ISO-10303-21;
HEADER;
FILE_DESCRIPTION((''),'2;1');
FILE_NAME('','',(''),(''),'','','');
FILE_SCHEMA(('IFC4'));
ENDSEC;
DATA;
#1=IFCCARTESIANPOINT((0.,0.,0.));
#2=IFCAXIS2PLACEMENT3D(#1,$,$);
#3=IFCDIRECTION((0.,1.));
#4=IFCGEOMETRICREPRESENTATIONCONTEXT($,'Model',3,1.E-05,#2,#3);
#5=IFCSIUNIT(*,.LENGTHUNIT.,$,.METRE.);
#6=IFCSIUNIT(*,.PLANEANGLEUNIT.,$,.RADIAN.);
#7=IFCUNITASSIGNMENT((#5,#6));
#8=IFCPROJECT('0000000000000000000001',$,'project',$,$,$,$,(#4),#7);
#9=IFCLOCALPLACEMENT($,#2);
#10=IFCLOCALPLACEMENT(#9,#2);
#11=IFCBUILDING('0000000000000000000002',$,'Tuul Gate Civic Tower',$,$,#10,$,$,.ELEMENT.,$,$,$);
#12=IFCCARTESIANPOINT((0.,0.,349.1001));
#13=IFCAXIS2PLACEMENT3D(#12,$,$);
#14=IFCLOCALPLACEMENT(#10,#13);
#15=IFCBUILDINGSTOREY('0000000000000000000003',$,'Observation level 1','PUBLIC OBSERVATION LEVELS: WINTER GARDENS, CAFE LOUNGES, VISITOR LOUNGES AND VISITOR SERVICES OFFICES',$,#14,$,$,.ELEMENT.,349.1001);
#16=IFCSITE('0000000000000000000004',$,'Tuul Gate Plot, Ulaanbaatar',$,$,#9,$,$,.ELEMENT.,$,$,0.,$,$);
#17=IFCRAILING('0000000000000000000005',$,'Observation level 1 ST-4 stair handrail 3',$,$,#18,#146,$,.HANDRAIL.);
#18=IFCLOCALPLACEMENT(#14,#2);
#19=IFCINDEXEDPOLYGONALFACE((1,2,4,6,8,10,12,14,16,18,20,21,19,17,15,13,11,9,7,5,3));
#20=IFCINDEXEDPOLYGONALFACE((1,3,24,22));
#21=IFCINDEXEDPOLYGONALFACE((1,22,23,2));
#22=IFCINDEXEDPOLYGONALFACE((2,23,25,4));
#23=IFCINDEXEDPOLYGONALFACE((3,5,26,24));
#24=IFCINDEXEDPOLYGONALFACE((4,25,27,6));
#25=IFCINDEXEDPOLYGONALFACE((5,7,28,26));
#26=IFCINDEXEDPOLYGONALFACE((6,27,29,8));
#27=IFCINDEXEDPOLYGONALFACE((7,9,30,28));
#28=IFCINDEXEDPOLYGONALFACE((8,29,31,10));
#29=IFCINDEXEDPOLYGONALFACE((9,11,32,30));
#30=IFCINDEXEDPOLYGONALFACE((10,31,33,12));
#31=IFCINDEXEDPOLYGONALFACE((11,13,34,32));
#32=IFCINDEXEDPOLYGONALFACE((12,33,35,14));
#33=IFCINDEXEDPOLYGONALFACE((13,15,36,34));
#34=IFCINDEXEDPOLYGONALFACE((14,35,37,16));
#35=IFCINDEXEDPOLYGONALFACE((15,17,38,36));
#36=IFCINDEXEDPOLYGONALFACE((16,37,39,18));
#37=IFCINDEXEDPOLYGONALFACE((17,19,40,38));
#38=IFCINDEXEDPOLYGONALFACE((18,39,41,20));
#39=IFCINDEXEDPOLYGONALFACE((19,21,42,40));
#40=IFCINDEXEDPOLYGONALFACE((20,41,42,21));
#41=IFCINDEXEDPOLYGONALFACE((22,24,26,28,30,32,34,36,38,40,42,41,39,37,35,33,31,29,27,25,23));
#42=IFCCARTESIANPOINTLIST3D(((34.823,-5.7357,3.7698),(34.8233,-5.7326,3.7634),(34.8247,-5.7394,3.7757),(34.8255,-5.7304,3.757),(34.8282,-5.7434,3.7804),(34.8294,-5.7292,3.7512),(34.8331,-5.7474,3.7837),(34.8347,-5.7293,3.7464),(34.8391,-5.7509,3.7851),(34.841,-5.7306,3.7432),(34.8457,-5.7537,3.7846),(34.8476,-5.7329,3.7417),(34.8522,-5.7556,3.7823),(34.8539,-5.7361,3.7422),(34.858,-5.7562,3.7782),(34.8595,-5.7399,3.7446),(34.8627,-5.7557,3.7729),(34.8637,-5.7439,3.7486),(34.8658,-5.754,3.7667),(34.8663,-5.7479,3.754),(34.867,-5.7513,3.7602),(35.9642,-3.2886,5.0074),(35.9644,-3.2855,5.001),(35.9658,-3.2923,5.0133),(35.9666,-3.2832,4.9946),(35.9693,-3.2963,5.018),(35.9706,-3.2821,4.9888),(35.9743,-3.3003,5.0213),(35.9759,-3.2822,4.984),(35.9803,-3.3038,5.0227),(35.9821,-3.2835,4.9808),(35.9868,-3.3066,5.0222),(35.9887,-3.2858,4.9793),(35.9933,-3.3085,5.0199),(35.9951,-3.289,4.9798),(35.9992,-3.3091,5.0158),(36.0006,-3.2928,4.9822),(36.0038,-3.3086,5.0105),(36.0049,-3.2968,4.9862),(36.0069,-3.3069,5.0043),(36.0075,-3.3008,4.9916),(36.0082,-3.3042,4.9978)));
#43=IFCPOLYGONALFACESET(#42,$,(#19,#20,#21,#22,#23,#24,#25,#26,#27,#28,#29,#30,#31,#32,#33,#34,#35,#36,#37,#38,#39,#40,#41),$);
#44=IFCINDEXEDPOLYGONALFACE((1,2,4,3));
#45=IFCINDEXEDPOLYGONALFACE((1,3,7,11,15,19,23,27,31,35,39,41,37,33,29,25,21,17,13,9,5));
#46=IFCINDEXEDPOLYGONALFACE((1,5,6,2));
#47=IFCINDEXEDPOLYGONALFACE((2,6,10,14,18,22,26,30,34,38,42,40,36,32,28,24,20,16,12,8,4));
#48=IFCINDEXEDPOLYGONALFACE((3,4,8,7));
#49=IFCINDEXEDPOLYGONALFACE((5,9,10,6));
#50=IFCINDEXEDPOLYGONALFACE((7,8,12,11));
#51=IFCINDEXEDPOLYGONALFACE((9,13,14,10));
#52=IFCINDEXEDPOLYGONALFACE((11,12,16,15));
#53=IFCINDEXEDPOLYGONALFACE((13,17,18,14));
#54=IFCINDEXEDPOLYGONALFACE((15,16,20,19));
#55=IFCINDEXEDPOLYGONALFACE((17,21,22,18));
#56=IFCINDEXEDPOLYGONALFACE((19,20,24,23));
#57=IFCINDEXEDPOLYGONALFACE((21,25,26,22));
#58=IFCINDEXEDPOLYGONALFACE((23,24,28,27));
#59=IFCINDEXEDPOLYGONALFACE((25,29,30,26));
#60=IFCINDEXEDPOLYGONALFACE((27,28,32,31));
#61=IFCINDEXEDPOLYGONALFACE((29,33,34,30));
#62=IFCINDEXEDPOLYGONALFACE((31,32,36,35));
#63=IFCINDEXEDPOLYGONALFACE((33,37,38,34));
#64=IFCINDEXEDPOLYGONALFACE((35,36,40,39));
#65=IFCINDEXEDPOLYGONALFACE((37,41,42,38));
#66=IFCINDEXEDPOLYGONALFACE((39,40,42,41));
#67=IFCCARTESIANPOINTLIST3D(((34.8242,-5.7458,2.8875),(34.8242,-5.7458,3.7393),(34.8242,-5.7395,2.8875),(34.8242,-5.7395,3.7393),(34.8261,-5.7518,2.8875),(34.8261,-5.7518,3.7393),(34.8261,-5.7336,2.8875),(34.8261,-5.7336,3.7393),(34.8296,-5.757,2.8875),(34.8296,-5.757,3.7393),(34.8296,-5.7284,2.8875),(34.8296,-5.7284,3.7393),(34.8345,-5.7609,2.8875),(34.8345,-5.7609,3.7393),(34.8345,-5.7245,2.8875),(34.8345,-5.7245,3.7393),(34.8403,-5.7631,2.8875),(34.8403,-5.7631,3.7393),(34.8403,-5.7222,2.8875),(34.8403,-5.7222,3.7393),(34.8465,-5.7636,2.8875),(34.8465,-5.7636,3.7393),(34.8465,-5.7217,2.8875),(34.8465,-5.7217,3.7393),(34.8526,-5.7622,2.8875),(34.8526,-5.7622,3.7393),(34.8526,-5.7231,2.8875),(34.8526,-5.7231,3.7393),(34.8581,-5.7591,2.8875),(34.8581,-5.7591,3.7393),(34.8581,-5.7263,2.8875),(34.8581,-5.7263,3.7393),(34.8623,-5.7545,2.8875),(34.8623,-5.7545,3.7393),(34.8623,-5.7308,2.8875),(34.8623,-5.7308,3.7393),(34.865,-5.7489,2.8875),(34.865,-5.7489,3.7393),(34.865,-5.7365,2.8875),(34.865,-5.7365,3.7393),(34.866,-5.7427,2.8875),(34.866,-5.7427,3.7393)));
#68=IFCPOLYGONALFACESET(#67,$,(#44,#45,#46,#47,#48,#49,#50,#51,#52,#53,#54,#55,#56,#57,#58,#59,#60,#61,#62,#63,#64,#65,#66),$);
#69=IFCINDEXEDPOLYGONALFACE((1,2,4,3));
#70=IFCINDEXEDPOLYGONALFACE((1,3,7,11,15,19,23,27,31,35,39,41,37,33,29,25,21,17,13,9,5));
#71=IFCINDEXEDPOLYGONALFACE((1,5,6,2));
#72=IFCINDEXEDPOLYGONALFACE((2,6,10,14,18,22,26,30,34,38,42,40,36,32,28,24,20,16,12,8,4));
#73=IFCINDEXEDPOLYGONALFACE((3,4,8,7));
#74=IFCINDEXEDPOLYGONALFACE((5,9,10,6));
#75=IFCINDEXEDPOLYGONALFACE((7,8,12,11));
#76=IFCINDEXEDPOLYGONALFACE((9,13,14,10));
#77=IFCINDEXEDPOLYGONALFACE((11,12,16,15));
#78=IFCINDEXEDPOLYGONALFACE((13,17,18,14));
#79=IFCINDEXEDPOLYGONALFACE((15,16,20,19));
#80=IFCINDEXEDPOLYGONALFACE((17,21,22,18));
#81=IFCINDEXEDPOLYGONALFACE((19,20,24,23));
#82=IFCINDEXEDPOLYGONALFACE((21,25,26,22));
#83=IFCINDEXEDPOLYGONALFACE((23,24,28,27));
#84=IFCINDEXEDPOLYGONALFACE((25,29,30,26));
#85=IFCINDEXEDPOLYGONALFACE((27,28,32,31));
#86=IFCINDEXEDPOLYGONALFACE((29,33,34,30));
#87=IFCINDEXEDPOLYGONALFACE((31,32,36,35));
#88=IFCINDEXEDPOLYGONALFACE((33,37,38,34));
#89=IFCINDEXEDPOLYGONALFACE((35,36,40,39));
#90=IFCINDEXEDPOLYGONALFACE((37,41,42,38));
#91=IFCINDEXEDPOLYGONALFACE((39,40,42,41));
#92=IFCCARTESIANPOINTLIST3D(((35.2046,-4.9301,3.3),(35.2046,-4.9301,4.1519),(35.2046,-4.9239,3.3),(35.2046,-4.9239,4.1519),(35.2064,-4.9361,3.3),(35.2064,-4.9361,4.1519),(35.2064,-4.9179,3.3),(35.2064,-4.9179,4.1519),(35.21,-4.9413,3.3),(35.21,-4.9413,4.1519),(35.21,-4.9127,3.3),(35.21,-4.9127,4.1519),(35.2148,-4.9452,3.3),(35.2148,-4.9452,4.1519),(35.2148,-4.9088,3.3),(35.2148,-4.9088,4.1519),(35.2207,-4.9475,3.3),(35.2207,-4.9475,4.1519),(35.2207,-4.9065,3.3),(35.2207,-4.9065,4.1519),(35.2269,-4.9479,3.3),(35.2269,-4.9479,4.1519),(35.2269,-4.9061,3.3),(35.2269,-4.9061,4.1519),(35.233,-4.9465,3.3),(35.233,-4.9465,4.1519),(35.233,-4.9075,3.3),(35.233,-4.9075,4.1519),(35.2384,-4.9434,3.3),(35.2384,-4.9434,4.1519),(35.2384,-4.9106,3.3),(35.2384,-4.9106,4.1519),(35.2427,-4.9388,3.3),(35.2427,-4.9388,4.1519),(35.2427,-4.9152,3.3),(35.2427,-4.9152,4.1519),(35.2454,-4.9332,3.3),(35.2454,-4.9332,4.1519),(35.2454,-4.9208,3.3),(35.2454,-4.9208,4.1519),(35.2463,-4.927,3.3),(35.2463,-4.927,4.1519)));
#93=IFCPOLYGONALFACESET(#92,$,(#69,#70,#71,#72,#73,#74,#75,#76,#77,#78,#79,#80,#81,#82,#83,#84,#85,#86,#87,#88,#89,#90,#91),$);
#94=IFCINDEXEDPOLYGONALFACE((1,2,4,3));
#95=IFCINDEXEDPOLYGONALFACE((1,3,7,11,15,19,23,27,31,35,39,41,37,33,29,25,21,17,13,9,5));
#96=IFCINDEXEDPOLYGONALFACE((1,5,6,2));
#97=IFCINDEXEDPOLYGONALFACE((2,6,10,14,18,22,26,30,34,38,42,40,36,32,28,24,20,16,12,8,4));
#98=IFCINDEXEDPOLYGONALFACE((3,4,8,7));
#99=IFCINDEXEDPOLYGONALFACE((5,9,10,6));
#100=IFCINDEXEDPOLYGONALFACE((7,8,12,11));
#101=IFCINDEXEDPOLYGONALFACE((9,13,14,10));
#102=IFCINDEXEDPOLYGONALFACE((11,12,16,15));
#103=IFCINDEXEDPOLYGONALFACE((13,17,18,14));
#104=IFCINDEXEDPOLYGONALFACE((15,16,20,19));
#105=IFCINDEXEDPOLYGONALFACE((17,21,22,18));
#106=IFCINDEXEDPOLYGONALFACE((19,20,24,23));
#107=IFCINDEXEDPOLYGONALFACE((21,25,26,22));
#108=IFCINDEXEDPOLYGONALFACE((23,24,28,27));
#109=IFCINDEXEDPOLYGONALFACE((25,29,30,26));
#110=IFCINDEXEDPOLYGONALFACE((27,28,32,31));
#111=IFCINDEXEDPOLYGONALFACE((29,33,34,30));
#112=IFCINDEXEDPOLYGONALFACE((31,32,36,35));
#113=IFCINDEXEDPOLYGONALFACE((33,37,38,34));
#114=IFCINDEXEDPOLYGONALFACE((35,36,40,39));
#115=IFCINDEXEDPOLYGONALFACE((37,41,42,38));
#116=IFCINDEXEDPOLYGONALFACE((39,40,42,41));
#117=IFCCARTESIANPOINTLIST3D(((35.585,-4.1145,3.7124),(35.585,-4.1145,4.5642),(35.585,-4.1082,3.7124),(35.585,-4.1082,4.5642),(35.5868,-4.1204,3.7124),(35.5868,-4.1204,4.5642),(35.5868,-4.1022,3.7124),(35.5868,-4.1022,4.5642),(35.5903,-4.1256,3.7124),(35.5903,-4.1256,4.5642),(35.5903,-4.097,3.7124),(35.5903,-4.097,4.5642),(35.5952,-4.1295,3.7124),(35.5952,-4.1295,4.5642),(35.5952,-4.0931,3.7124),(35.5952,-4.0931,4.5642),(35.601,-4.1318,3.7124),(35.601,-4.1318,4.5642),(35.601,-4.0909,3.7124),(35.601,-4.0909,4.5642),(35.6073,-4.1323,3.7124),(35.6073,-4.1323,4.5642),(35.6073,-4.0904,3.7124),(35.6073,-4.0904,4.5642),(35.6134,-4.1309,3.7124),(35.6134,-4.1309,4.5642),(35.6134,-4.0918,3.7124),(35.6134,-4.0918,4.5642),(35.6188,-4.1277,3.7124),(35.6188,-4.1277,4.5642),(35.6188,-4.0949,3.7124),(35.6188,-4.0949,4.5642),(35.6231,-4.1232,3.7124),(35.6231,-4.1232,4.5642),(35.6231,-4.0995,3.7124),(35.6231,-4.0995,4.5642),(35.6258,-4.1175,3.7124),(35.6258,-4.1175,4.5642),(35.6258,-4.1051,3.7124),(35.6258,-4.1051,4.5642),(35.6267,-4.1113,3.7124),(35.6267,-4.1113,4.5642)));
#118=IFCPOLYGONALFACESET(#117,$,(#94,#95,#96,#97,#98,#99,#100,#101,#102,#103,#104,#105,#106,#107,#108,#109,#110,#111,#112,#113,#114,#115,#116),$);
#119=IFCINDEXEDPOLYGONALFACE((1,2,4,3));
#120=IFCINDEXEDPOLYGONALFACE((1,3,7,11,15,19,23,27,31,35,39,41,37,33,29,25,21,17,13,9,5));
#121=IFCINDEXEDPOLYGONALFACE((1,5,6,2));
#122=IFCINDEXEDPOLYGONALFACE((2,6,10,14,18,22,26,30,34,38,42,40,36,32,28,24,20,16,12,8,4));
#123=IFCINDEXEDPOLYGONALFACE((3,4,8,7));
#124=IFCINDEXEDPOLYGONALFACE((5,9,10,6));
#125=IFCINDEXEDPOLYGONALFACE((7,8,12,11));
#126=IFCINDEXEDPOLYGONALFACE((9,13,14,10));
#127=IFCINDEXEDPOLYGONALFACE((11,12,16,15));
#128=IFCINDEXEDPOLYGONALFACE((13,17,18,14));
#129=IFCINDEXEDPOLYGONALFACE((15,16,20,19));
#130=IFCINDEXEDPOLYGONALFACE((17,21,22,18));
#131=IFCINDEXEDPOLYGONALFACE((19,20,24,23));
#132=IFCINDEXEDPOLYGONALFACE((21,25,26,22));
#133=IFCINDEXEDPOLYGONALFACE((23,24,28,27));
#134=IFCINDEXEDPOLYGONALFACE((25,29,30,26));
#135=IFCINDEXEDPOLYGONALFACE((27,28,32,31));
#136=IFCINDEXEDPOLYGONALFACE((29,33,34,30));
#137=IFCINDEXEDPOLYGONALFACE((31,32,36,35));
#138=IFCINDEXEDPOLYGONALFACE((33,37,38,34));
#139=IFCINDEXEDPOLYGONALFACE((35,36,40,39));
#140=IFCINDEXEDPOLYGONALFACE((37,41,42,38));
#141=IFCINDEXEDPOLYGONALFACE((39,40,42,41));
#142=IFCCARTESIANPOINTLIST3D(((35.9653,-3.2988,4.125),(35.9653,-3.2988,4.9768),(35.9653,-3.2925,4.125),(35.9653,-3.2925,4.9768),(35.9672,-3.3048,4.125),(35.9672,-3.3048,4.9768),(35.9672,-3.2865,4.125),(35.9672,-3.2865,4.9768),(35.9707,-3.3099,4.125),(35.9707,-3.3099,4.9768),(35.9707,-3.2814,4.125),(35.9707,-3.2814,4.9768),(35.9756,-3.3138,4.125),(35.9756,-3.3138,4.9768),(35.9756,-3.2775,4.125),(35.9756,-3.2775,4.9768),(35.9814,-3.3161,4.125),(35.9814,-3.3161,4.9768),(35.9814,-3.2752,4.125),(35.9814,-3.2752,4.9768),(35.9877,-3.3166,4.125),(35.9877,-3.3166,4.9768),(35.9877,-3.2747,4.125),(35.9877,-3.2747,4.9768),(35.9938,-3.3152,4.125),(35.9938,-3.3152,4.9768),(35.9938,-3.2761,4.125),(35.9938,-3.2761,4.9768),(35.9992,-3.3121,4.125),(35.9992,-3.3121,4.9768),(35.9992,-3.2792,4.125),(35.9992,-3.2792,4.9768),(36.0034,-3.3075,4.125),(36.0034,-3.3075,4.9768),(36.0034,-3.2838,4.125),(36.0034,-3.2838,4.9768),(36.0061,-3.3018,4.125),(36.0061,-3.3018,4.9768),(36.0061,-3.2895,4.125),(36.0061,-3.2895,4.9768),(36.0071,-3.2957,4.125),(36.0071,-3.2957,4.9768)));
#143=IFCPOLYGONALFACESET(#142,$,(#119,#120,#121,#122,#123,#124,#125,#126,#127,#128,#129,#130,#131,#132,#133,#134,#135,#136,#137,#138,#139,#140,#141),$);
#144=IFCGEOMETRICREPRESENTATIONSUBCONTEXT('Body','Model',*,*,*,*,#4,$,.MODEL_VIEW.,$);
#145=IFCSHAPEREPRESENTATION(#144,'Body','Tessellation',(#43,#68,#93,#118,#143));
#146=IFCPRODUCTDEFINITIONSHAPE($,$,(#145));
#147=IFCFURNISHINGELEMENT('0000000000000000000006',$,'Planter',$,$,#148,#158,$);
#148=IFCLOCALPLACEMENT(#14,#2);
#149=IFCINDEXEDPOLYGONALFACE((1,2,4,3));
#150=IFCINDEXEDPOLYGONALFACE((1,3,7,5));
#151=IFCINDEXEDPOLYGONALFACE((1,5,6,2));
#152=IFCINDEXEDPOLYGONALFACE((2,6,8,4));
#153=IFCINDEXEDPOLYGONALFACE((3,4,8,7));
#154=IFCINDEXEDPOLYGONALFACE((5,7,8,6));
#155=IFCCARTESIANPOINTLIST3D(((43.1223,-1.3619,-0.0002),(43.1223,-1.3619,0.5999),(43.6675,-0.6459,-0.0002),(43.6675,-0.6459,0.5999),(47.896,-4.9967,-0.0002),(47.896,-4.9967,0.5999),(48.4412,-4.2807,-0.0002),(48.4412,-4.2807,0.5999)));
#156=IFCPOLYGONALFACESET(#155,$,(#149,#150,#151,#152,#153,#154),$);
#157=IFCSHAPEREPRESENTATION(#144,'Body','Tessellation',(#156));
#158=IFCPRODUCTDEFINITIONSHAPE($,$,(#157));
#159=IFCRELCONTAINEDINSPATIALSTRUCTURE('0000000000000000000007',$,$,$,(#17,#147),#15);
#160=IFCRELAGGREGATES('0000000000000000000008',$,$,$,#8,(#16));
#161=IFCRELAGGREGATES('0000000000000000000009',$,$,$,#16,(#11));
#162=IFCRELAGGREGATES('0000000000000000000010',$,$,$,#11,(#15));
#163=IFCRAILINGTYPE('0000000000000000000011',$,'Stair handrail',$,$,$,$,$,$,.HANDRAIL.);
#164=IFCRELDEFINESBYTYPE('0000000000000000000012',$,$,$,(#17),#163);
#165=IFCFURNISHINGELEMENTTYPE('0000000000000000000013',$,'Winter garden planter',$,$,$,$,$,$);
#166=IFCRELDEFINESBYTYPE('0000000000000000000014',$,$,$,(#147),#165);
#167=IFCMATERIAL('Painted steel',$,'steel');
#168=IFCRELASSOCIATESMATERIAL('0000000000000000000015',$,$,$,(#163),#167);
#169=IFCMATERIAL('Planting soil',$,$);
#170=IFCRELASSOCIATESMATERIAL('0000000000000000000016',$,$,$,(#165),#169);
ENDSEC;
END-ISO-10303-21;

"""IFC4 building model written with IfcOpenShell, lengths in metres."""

from ifc_helpers import new_model, si_unit, direction, frame, origin, origin_2d, place, context, subcontext, project, spatial, rectangle, circle, extrude, material, type_object, element, save


model = new_model("IFC4")

# Units and contexts
model_context = context("Model", 3, precision=1e-05, world=origin(), true_north=direction((0.0, 1.0)))
body_context = subcontext(model_context, "Body", "Model", "MODEL_VIEW")
ifc_project = project(units=[si_unit("LENGTHUNIT", "METRE"), si_unit("PLANEANGLEUNIT", "RADIAN")], contexts=[model_context])

# Site, building, storey
site_placement = place(None, origin())
site = spatial("IfcSite", under=ifc_project, at=site_placement, Name="Tuul Gate Plot, Ulaanbaatar", CompositionType="ELEMENT", RefElevation=0.0)
building_placement = place(site_placement, origin())
building = spatial("IfcBuilding", under=site, at=building_placement, Name="Tuul Gate Civic Tower", CompositionType="ELEMENT")
storey_placement = place(building_placement, frame((0.0, 0.0, 349.1001)))
storey = spatial("IfcBuildingStorey", under=building, at=storey_placement, Name="Observation level 1", Description="PUBLIC OBSERVATION LEVELS: WINTER GARDENS, CAFE LOUNGES, VISITOR LOUNGES AND VISITOR SERVICES OFFICES", CompositionType="ELEMENT", Elevation=349.1001)

# Railing
ifc_material_1 = material(Name="Painted steel", Category="steel")
railing_type = type_object("IfcRailingType", Name="Stair handrail", PredefinedType="HANDRAIL", material=ifc_material_1)
for number, where, name in (
    (1, (34.845, -5.7427, 2.8875), "Observation level 1 ST-4 stair handrail 3"),
):
    element("IfcRailing", number, at=place(storey_placement, frame(where)), inside=storey, type_object=railing_type, Name=name, PredefinedType="HANDRAIL", context=body_context, shape_type="SweptSolid", body=[
        extrude(circle(Radius=0.0239, at=origin_2d()), frame((0.0, 0.0, 0.876), z_axis=(0.384198, 0.823881, 0.416667), x_axis=(-0.906301, 0.422633, 0.0)), (0.0, 0.0, 1.0), 2.9702),
        extrude(circle(Radius=0.021, at=origin_2d()), origin(), (0.0, 0.0, 1.0), 0.8518),
        extrude(circle(Radius=0.021, at=origin_2d()), frame((0.3804, 0.8157, 0.4126)), (0.0, 0.0, 1.0), 0.8518),
        extrude(circle(Radius=0.021, at=origin_2d()), frame((0.7607, 1.6313, 0.825)), (0.0, 0.0, 1.0), 0.8518),
        extrude(circle(Radius=0.021, at=origin_2d()), frame((1.1411, 2.447, 1.2375)), (0.0, 0.0, 1.0), 0.8518),
    ])

# Furnishing element
ifc_material_2 = material(Name="Planting soil")
furnishing_element_type = type_object("IfcFurnishingElementType", Name="Winter garden planter", material=ifc_material_2)
furnishing_placement = place(storey_placement, frame((45.7817, -2.8213, -0.0002), z_axis=(0.0, 0.0, 1.0), x_axis=(-0.795611, 0.605808, 0.0)))
element("IfcFurnishingElement", 2, at=furnishing_placement, inside=storey, type_object=furnishing_element_type, Name="Planter", context=body_context, shape_type="SweptSolid", body=[
    extrude(rectangle(XDim=6.0, YDim=0.8999, at=origin_2d()), origin(), (0.0, 0.0, 1.0), 0.6001),
])

save(model, "model.ifc")
